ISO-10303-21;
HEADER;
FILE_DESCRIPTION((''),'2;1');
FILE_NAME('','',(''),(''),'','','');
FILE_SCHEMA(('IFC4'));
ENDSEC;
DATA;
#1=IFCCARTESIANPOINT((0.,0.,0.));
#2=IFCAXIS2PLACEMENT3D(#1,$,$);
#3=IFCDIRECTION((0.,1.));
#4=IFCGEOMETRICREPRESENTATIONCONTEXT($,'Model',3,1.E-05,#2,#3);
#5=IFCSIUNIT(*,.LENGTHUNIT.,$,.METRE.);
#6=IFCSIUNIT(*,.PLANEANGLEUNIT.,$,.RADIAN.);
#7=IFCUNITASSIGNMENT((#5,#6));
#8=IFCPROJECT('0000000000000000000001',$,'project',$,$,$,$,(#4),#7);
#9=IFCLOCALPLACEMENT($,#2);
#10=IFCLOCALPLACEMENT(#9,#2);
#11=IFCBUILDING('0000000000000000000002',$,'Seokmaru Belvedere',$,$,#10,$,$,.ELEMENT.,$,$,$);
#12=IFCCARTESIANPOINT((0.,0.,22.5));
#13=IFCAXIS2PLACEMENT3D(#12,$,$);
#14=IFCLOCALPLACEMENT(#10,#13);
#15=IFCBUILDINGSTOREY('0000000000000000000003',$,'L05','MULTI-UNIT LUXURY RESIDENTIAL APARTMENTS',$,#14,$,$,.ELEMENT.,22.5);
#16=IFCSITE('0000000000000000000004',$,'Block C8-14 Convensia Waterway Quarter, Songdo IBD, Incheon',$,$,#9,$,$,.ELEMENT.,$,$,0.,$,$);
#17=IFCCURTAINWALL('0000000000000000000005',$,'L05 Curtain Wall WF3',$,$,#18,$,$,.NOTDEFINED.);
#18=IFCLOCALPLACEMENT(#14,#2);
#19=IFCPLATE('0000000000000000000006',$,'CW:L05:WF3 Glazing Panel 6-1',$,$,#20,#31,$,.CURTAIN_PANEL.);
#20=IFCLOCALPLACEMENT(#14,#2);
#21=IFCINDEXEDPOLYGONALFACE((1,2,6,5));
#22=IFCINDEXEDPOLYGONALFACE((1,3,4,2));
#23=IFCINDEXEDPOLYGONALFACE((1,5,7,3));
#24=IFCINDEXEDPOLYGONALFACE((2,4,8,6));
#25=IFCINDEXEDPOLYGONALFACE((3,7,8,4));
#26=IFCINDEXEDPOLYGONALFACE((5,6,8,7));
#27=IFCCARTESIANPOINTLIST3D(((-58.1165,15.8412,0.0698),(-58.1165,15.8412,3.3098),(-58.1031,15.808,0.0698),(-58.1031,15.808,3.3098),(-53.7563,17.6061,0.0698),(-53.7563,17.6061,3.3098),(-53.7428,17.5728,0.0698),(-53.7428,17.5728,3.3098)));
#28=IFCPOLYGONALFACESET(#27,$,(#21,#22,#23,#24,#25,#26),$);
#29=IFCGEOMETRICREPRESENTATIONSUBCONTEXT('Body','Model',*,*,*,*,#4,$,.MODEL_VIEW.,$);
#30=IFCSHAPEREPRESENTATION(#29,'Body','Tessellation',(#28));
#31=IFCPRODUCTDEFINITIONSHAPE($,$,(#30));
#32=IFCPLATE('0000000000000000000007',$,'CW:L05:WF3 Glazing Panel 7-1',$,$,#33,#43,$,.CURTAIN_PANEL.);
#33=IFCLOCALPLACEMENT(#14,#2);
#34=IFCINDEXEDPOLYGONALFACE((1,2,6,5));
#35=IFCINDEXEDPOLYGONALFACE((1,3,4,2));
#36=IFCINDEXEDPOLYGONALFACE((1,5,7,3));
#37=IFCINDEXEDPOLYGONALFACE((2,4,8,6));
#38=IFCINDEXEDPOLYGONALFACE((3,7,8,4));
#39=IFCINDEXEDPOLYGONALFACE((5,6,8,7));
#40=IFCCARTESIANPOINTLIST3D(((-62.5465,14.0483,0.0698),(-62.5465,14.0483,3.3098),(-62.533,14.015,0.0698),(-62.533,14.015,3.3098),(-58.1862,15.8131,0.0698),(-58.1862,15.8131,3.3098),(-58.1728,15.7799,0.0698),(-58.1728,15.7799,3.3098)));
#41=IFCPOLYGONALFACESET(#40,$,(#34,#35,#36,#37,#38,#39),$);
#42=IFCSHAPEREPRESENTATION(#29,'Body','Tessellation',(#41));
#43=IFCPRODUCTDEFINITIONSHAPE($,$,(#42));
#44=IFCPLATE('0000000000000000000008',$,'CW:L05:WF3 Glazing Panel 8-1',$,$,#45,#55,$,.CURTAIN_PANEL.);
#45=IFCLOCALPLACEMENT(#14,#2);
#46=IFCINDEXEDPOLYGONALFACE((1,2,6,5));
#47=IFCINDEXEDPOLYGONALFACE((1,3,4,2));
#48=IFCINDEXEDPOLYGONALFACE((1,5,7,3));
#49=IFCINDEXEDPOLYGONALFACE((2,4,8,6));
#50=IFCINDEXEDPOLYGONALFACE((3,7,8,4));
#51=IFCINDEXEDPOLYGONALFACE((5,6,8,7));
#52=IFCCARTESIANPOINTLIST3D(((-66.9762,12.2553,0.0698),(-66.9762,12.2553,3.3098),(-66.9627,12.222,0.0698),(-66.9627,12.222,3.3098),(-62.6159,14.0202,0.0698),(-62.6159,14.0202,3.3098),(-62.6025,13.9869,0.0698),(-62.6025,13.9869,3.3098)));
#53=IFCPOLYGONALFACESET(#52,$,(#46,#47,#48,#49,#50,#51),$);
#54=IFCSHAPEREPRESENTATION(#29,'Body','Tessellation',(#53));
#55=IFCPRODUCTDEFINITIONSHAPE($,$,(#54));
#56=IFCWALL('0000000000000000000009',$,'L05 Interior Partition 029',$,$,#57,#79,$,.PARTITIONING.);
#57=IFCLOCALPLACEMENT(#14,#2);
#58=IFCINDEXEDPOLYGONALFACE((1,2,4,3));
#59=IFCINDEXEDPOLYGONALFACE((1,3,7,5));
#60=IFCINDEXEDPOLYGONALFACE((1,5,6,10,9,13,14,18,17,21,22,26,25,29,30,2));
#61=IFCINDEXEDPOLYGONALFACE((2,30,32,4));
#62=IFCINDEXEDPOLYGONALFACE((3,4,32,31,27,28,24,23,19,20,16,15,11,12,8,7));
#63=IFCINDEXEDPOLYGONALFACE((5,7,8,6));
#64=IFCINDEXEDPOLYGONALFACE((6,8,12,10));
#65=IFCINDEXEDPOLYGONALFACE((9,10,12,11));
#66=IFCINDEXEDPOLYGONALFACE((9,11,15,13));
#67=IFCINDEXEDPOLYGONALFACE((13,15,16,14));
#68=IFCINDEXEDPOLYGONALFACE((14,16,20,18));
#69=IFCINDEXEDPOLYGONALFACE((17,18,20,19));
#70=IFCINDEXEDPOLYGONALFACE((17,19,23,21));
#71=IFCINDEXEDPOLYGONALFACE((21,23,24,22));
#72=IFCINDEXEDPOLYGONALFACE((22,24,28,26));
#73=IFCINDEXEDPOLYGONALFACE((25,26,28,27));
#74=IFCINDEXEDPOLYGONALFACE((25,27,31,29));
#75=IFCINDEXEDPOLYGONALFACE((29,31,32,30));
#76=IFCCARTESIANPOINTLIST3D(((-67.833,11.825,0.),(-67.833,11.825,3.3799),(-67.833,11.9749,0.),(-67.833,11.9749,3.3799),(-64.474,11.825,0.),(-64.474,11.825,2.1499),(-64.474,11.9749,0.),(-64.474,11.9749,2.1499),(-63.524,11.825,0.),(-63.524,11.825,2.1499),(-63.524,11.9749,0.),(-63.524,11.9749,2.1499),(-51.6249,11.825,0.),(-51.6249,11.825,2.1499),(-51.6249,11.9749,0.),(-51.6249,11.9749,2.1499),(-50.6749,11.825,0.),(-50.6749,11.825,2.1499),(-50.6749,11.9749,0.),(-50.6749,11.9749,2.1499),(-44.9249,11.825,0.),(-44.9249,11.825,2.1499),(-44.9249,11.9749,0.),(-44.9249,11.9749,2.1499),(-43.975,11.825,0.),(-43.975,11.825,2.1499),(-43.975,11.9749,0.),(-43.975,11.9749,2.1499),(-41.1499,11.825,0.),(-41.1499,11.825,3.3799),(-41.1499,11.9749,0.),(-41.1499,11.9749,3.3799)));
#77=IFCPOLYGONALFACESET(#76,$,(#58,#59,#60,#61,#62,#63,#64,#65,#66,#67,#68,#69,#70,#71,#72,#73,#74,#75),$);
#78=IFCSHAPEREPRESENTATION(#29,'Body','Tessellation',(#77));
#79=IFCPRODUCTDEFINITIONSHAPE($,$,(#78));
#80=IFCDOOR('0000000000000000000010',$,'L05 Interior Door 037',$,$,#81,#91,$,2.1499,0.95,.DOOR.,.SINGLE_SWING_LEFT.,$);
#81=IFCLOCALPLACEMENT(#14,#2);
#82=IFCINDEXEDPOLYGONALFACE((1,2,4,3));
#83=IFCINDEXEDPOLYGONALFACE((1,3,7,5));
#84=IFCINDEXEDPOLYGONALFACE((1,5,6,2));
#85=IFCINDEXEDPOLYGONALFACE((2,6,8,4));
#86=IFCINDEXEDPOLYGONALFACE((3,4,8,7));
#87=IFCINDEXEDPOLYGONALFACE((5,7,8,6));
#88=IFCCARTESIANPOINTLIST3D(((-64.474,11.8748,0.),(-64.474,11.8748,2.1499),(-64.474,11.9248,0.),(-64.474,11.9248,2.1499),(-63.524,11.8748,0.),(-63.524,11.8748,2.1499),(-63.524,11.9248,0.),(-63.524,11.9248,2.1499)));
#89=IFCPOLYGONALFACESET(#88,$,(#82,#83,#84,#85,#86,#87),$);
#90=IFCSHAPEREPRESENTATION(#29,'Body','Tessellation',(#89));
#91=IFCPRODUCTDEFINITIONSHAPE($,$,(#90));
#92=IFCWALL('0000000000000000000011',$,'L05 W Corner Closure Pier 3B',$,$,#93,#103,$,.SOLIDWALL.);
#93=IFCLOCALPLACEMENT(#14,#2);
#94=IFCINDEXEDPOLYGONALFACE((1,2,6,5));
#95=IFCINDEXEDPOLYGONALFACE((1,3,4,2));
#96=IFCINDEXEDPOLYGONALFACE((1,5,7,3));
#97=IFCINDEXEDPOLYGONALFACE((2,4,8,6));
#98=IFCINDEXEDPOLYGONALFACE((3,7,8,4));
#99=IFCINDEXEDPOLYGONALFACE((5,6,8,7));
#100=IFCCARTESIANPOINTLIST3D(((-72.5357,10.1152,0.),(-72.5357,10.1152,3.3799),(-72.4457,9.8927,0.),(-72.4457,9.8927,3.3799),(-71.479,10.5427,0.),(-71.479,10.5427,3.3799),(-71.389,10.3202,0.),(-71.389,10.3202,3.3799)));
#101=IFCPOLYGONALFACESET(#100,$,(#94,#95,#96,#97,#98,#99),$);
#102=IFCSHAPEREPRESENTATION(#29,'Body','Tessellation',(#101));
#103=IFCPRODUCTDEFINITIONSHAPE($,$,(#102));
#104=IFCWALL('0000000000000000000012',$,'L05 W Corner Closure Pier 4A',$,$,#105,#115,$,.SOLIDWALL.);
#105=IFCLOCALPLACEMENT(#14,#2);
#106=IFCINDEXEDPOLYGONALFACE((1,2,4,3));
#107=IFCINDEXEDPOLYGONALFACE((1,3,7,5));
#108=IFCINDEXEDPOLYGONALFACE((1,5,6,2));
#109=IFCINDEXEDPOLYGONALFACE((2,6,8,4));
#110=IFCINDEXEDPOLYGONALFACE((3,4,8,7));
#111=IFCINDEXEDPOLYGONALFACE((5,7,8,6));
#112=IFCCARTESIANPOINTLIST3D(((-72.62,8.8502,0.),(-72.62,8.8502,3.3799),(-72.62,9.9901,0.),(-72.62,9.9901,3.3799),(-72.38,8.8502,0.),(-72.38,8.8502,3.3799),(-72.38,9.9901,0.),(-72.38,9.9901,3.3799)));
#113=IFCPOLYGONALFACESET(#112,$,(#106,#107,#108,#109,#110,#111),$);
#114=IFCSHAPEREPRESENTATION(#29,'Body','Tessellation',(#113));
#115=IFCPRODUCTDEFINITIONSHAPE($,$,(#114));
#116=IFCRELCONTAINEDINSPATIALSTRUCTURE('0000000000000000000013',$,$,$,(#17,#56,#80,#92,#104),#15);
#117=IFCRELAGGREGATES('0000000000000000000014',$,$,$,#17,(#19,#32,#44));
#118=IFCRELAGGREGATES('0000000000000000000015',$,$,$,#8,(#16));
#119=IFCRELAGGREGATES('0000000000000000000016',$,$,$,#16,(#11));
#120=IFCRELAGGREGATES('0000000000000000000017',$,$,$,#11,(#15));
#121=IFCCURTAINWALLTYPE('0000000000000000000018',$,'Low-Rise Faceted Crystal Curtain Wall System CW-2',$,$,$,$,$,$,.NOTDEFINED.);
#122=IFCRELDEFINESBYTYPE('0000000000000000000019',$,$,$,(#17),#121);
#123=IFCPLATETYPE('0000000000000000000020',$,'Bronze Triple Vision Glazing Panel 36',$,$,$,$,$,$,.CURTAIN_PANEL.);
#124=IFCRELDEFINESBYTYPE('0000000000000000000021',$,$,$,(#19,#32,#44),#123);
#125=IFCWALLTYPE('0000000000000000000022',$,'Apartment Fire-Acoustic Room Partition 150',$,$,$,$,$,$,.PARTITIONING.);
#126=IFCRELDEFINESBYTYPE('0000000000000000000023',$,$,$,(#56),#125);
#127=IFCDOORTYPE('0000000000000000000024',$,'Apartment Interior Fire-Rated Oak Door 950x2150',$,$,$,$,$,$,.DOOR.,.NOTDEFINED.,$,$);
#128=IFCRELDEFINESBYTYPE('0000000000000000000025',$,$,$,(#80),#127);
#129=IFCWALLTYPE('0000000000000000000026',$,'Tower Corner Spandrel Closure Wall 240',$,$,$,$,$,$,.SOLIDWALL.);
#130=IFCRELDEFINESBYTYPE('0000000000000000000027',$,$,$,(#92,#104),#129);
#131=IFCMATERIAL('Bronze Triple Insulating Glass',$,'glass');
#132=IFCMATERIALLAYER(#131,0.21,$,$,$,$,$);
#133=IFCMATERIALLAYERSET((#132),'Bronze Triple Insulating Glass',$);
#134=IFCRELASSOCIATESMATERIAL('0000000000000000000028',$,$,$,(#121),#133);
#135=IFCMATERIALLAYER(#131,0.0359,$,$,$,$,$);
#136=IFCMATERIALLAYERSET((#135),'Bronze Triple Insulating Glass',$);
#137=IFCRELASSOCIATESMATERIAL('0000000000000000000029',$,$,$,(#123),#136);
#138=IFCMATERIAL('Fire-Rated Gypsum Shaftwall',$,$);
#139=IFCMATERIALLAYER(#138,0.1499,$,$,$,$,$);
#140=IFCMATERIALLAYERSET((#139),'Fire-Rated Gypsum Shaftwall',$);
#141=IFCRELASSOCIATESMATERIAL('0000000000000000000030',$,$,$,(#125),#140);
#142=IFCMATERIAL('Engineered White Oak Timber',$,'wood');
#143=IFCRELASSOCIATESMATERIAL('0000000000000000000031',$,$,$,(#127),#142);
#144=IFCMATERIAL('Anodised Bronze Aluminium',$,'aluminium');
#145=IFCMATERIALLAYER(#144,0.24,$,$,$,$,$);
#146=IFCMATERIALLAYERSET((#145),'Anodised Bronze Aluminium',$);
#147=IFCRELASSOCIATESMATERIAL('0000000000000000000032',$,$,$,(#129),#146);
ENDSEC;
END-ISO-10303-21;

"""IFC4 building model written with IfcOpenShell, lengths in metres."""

from ifc_helpers import new_model, si_unit, direction, frame, frame_2d, origin, origin_2d, place, context, subcontext, project, spatial, rectangle, extrude, source, transform, mapped, material, layer, layer_set, type_object, type_shapes, element, fill, aggregate, save


model = new_model("IFC4")

# Units and contexts
model_context = context("Model", 3, precision=1e-05, world=origin(), true_north=direction((0.0, 1.0)))
body_context = subcontext(model_context, "Body", "Model", "MODEL_VIEW")
ifc_project = project(units=[si_unit("LENGTHUNIT", "METRE"), si_unit("PLANEANGLEUNIT", "RADIAN")], contexts=[model_context])

# Site, building, storey
site_placement = place(None, origin())
site = spatial("IfcSite", under=ifc_project, at=site_placement, Name="Block C8-14 Convensia Waterway Quarter, Songdo IBD, Incheon", CompositionType="ELEMENT", RefElevation=0.0)
building_placement = place(site_placement, origin())
building = spatial("IfcBuilding", under=site, at=building_placement, Name="Seokmaru Belvedere", CompositionType="ELEMENT")
storey_placement = place(building_placement, frame((0.0, 0.0, 22.5)))
storey = spatial("IfcBuildingStorey", under=building, at=storey_placement, Name="L05", Description="MULTI-UNIT LUXURY RESIDENTIAL APARTMENTS", CompositionType="ELEMENT", Elevation=22.5)

# Curtain wall, plates
ifc_material_1 = material(Name="Bronze Triple Insulating Glass", Category="glass")
ifc_layer_1 = layer(ifc_material_1, 0.21)
ifc_layer_set_1 = layer_set([ifc_layer_1], Name="Bronze Triple Insulating Glass")
curtain_wall_type = type_object("IfcCurtainWallType", Name="Low-Rise Faceted Crystal Curtain Wall System CW-2", PredefinedType="NOTDEFINED", material=ifc_layer_set_1)
curtain_wall_placement = place(storey_placement, origin())
curtain_wall = element("IfcCurtainWall", 1, at=curtain_wall_placement, inside=storey, type_object=curtain_wall_type, Name="L05 Curtain Wall WF3", PredefinedType="NOTDEFINED")
ifc_material_2 = material(Name="Anodised Bronze Aluminium", Category="aluminium")
ifc_layer_2 = layer(ifc_material_1, 0.0359)
ifc_layer_set_2 = layer_set([ifc_layer_2], Name="Bronze Triple Insulating Glass")
plate_type = type_object("IfcPlateType", Name="Bronze Triple Vision Glazing Panel 36", PredefinedType="CURTAIN_PANEL", material=ifc_layer_set_2)
shared_shape_1 = source(origin(), body_context, "Body", "SweptSolid", [
    extrude(rectangle(XDim=4.7039, YDim=0.0359, at=origin_2d()), origin(), (0.0, 0.0, 1.0), 3.24),
])
plate_1_placement = place(storey_placement, frame((-55.9297, 16.707, 0.0698), z_axis=(0.0, 0.0, 1.0), x_axis=(-0.926947, -0.375192, 0.0)))
plate_1 = element("IfcPlate", 2, at=plate_1_placement, type_object=plate_type, Name="CW:L05:WF3 Glazing Panel 6-1", PredefinedType="CURTAIN_PANEL", context=body_context, shape_type="MappedRepresentation", body=[
    mapped(shared_shape_1, transform((0.0, 0.0, 0.0), scale=1.0)),
])
plate_2_placement = place(storey_placement, frame((-60.3596, 14.9141, 0.0698), z_axis=(0.0, 0.0, 1.0), x_axis=(-0.926947, -0.375192, 0.0)))
plate_2 = element("IfcPlate", 3, at=plate_2_placement, type_object=plate_type, Name="CW:L05:WF3 Glazing Panel 7-1", PredefinedType="CURTAIN_PANEL", context=body_context, shape_type="MappedRepresentation", body=[
    mapped(shared_shape_1, transform((0.0, 0.0, 0.0), scale=1.0)),
])
plate_3_placement = place(storey_placement, frame((-64.7893, 13.1211, 0.0698), z_axis=(0.0, 0.0, 1.0), x_axis=(-0.926947, -0.375192, 0.0)))
plate_3 = element("IfcPlate", 4, at=plate_3_placement, type_object=plate_type, Name="CW:L05:WF3 Glazing Panel 8-1", PredefinedType="CURTAIN_PANEL", context=body_context, shape_type="MappedRepresentation", body=[
    mapped(shared_shape_1, transform((0.0, 0.0, 0.0), scale=1.0)),
])
aggregate(curtain_wall, [plate_1, plate_2, plate_3])

# Wall, openings, door
ifc_material_3 = material(Name="Fire-Rated Gypsum Shaftwall")
ifc_layer_3 = layer(ifc_material_3, 0.1499)
ifc_layer_set_3 = layer_set([ifc_layer_3], Name="Fire-Rated Gypsum Shaftwall")
wall_type_1 = type_object("IfcWallType", Name="Apartment Fire-Acoustic Room Partition 150", PredefinedType="PARTITIONING", material=ifc_layer_set_3)
wall_placement = place(storey_placement, frame((-67.833, 11.8999, 0.0), z_axis=(0.0, 0.0, 1.0), x_axis=(1.0, 0.0, 0.0)))
wall = element("IfcWall", 5, at=wall_placement, inside=storey, type_object=wall_type_1, Name="L05 Interior Partition 029", PredefinedType="PARTITIONING", context=body_context, shape_type="SweptSolid", body=[
    extrude(rectangle(XDim=26.6831, YDim=0.1499, at=frame_2d((13.3416, 0.0))), origin(), (0.0, 0.0, 1.0), 3.3799),
])
opening_1_placement = place(wall_placement, frame((22.908, 0.0, 0.0)))
element("IfcOpeningElement", 6, at=opening_1_placement, cuts=wall, PredefinedType="OPENING", context=body_context, shape_type="SweptSolid", body=[
    extrude(rectangle(XDim=0.95, YDim=2.1499, at=frame_2d((0.4751, 1.075))), frame((0.0, 0.085, 0.0), z_axis=(0.0, -1.0, 0.0), x_axis=(1.0, 0.0, 0.0)), (0.0, 0.0, 1.0), 0.1699),
])
opening_2_placement = place(wall_placement, frame((3.3589, 0.0, 0.0)))
opening_2 = element("IfcOpeningElement", 7, at=opening_2_placement, cuts=wall, PredefinedType="OPENING", context=body_context, shape_type="SweptSolid", body=[
    extrude(rectangle(XDim=0.95, YDim=2.1499, at=frame_2d((0.4751, 1.075))), frame((0.0, 0.085, 0.0), z_axis=(0.0, -1.0, 0.0), x_axis=(1.0, 0.0, 0.0)), (0.0, 0.0, 1.0), 0.1699),
])
opening_3_placement = place(wall_placement, frame((16.208, 0.0, 0.0)))
element("IfcOpeningElement", 8, at=opening_3_placement, cuts=wall, PredefinedType="OPENING", context=body_context, shape_type="SweptSolid", body=[
    extrude(rectangle(XDim=0.95, YDim=2.1499, at=frame_2d((0.4751, 1.075))), frame((0.0, 0.085, 0.0), z_axis=(0.0, -1.0, 0.0), x_axis=(1.0, 0.0, 0.0)), (0.0, 0.0, 1.0), 0.1699),
])
ifc_material_4 = material(Name="Engineered White Oak Timber", Category="wood")
door_type = type_object("IfcDoorType", Name="Apartment Interior Fire-Rated Oak Door 950x2150", OperationType="NOTDEFINED", PredefinedType="DOOR", material=ifc_material_4)
shared_shape_2 = source(origin(), body_context, "Body", "SweptSolid", [
    extrude(rectangle(XDim=0.95, YDim=2.1499, at=frame_2d((0.4751, 1.075))), frame((0.0, 0.0249, 0.0), z_axis=(0.0, -1.0, 0.0), x_axis=(1.0, 0.0, 0.0)), (0.0, 0.0, 1.0), 0.05),
])
type_shapes(door_type, [shared_shape_2])
door_placement = place(opening_2_placement, origin())
door = element("IfcDoor", 9, at=door_placement, inside=storey, type_object=door_type, Name="L05 Interior Door 037", OperationType="SINGLE_SWING_LEFT", OverallHeight=2.1499, OverallWidth=0.95, PredefinedType="DOOR", context=body_context, shape_type="MappedRepresentation", body=[
    mapped(shared_shape_2, transform((0.0, 0.0, 0.0), scale=1.0)),
])
fill(opening_2, door)

# Walls
ifc_layer_4 = layer(ifc_material_2, 0.24)
ifc_layer_set_4 = layer_set([ifc_layer_4], Name="Anodised Bronze Aluminium")
wall_type_2 = type_object("IfcWallType", Name="Tower Corner Spandrel Closure Wall 240", PredefinedType="SOLIDWALL", material=ifc_layer_set_4)
for number, where, z_axis, x_axis, name in (
    (10, (-71.4341, 10.4314, 0.0), (0.0, 0.0, 1.0), (-0.927007, -0.375044, 0.0), "L05 W Corner Closure Pier 3B"),
    (11, (-72.5, 9.99, 0.0), (0.0, 0.0, 1.0), (0.0, -1.0, 0.0), "L05 W Corner Closure Pier 4A"),
):
    element("IfcWall", number, at=place(storey_placement, frame(where, z_axis=z_axis, x_axis=x_axis)), inside=storey, type_object=wall_type_2, Name=name, PredefinedType="SOLIDWALL", context=body_context, shape_type="SweptSolid", body=[
        extrude(rectangle(XDim=1.1399, YDim=0.24, at=frame_2d((0.5698, 0.0))), origin(), (0.0, 0.0, 1.0), 3.3799),
    ])

save(model, "model.ifc")
